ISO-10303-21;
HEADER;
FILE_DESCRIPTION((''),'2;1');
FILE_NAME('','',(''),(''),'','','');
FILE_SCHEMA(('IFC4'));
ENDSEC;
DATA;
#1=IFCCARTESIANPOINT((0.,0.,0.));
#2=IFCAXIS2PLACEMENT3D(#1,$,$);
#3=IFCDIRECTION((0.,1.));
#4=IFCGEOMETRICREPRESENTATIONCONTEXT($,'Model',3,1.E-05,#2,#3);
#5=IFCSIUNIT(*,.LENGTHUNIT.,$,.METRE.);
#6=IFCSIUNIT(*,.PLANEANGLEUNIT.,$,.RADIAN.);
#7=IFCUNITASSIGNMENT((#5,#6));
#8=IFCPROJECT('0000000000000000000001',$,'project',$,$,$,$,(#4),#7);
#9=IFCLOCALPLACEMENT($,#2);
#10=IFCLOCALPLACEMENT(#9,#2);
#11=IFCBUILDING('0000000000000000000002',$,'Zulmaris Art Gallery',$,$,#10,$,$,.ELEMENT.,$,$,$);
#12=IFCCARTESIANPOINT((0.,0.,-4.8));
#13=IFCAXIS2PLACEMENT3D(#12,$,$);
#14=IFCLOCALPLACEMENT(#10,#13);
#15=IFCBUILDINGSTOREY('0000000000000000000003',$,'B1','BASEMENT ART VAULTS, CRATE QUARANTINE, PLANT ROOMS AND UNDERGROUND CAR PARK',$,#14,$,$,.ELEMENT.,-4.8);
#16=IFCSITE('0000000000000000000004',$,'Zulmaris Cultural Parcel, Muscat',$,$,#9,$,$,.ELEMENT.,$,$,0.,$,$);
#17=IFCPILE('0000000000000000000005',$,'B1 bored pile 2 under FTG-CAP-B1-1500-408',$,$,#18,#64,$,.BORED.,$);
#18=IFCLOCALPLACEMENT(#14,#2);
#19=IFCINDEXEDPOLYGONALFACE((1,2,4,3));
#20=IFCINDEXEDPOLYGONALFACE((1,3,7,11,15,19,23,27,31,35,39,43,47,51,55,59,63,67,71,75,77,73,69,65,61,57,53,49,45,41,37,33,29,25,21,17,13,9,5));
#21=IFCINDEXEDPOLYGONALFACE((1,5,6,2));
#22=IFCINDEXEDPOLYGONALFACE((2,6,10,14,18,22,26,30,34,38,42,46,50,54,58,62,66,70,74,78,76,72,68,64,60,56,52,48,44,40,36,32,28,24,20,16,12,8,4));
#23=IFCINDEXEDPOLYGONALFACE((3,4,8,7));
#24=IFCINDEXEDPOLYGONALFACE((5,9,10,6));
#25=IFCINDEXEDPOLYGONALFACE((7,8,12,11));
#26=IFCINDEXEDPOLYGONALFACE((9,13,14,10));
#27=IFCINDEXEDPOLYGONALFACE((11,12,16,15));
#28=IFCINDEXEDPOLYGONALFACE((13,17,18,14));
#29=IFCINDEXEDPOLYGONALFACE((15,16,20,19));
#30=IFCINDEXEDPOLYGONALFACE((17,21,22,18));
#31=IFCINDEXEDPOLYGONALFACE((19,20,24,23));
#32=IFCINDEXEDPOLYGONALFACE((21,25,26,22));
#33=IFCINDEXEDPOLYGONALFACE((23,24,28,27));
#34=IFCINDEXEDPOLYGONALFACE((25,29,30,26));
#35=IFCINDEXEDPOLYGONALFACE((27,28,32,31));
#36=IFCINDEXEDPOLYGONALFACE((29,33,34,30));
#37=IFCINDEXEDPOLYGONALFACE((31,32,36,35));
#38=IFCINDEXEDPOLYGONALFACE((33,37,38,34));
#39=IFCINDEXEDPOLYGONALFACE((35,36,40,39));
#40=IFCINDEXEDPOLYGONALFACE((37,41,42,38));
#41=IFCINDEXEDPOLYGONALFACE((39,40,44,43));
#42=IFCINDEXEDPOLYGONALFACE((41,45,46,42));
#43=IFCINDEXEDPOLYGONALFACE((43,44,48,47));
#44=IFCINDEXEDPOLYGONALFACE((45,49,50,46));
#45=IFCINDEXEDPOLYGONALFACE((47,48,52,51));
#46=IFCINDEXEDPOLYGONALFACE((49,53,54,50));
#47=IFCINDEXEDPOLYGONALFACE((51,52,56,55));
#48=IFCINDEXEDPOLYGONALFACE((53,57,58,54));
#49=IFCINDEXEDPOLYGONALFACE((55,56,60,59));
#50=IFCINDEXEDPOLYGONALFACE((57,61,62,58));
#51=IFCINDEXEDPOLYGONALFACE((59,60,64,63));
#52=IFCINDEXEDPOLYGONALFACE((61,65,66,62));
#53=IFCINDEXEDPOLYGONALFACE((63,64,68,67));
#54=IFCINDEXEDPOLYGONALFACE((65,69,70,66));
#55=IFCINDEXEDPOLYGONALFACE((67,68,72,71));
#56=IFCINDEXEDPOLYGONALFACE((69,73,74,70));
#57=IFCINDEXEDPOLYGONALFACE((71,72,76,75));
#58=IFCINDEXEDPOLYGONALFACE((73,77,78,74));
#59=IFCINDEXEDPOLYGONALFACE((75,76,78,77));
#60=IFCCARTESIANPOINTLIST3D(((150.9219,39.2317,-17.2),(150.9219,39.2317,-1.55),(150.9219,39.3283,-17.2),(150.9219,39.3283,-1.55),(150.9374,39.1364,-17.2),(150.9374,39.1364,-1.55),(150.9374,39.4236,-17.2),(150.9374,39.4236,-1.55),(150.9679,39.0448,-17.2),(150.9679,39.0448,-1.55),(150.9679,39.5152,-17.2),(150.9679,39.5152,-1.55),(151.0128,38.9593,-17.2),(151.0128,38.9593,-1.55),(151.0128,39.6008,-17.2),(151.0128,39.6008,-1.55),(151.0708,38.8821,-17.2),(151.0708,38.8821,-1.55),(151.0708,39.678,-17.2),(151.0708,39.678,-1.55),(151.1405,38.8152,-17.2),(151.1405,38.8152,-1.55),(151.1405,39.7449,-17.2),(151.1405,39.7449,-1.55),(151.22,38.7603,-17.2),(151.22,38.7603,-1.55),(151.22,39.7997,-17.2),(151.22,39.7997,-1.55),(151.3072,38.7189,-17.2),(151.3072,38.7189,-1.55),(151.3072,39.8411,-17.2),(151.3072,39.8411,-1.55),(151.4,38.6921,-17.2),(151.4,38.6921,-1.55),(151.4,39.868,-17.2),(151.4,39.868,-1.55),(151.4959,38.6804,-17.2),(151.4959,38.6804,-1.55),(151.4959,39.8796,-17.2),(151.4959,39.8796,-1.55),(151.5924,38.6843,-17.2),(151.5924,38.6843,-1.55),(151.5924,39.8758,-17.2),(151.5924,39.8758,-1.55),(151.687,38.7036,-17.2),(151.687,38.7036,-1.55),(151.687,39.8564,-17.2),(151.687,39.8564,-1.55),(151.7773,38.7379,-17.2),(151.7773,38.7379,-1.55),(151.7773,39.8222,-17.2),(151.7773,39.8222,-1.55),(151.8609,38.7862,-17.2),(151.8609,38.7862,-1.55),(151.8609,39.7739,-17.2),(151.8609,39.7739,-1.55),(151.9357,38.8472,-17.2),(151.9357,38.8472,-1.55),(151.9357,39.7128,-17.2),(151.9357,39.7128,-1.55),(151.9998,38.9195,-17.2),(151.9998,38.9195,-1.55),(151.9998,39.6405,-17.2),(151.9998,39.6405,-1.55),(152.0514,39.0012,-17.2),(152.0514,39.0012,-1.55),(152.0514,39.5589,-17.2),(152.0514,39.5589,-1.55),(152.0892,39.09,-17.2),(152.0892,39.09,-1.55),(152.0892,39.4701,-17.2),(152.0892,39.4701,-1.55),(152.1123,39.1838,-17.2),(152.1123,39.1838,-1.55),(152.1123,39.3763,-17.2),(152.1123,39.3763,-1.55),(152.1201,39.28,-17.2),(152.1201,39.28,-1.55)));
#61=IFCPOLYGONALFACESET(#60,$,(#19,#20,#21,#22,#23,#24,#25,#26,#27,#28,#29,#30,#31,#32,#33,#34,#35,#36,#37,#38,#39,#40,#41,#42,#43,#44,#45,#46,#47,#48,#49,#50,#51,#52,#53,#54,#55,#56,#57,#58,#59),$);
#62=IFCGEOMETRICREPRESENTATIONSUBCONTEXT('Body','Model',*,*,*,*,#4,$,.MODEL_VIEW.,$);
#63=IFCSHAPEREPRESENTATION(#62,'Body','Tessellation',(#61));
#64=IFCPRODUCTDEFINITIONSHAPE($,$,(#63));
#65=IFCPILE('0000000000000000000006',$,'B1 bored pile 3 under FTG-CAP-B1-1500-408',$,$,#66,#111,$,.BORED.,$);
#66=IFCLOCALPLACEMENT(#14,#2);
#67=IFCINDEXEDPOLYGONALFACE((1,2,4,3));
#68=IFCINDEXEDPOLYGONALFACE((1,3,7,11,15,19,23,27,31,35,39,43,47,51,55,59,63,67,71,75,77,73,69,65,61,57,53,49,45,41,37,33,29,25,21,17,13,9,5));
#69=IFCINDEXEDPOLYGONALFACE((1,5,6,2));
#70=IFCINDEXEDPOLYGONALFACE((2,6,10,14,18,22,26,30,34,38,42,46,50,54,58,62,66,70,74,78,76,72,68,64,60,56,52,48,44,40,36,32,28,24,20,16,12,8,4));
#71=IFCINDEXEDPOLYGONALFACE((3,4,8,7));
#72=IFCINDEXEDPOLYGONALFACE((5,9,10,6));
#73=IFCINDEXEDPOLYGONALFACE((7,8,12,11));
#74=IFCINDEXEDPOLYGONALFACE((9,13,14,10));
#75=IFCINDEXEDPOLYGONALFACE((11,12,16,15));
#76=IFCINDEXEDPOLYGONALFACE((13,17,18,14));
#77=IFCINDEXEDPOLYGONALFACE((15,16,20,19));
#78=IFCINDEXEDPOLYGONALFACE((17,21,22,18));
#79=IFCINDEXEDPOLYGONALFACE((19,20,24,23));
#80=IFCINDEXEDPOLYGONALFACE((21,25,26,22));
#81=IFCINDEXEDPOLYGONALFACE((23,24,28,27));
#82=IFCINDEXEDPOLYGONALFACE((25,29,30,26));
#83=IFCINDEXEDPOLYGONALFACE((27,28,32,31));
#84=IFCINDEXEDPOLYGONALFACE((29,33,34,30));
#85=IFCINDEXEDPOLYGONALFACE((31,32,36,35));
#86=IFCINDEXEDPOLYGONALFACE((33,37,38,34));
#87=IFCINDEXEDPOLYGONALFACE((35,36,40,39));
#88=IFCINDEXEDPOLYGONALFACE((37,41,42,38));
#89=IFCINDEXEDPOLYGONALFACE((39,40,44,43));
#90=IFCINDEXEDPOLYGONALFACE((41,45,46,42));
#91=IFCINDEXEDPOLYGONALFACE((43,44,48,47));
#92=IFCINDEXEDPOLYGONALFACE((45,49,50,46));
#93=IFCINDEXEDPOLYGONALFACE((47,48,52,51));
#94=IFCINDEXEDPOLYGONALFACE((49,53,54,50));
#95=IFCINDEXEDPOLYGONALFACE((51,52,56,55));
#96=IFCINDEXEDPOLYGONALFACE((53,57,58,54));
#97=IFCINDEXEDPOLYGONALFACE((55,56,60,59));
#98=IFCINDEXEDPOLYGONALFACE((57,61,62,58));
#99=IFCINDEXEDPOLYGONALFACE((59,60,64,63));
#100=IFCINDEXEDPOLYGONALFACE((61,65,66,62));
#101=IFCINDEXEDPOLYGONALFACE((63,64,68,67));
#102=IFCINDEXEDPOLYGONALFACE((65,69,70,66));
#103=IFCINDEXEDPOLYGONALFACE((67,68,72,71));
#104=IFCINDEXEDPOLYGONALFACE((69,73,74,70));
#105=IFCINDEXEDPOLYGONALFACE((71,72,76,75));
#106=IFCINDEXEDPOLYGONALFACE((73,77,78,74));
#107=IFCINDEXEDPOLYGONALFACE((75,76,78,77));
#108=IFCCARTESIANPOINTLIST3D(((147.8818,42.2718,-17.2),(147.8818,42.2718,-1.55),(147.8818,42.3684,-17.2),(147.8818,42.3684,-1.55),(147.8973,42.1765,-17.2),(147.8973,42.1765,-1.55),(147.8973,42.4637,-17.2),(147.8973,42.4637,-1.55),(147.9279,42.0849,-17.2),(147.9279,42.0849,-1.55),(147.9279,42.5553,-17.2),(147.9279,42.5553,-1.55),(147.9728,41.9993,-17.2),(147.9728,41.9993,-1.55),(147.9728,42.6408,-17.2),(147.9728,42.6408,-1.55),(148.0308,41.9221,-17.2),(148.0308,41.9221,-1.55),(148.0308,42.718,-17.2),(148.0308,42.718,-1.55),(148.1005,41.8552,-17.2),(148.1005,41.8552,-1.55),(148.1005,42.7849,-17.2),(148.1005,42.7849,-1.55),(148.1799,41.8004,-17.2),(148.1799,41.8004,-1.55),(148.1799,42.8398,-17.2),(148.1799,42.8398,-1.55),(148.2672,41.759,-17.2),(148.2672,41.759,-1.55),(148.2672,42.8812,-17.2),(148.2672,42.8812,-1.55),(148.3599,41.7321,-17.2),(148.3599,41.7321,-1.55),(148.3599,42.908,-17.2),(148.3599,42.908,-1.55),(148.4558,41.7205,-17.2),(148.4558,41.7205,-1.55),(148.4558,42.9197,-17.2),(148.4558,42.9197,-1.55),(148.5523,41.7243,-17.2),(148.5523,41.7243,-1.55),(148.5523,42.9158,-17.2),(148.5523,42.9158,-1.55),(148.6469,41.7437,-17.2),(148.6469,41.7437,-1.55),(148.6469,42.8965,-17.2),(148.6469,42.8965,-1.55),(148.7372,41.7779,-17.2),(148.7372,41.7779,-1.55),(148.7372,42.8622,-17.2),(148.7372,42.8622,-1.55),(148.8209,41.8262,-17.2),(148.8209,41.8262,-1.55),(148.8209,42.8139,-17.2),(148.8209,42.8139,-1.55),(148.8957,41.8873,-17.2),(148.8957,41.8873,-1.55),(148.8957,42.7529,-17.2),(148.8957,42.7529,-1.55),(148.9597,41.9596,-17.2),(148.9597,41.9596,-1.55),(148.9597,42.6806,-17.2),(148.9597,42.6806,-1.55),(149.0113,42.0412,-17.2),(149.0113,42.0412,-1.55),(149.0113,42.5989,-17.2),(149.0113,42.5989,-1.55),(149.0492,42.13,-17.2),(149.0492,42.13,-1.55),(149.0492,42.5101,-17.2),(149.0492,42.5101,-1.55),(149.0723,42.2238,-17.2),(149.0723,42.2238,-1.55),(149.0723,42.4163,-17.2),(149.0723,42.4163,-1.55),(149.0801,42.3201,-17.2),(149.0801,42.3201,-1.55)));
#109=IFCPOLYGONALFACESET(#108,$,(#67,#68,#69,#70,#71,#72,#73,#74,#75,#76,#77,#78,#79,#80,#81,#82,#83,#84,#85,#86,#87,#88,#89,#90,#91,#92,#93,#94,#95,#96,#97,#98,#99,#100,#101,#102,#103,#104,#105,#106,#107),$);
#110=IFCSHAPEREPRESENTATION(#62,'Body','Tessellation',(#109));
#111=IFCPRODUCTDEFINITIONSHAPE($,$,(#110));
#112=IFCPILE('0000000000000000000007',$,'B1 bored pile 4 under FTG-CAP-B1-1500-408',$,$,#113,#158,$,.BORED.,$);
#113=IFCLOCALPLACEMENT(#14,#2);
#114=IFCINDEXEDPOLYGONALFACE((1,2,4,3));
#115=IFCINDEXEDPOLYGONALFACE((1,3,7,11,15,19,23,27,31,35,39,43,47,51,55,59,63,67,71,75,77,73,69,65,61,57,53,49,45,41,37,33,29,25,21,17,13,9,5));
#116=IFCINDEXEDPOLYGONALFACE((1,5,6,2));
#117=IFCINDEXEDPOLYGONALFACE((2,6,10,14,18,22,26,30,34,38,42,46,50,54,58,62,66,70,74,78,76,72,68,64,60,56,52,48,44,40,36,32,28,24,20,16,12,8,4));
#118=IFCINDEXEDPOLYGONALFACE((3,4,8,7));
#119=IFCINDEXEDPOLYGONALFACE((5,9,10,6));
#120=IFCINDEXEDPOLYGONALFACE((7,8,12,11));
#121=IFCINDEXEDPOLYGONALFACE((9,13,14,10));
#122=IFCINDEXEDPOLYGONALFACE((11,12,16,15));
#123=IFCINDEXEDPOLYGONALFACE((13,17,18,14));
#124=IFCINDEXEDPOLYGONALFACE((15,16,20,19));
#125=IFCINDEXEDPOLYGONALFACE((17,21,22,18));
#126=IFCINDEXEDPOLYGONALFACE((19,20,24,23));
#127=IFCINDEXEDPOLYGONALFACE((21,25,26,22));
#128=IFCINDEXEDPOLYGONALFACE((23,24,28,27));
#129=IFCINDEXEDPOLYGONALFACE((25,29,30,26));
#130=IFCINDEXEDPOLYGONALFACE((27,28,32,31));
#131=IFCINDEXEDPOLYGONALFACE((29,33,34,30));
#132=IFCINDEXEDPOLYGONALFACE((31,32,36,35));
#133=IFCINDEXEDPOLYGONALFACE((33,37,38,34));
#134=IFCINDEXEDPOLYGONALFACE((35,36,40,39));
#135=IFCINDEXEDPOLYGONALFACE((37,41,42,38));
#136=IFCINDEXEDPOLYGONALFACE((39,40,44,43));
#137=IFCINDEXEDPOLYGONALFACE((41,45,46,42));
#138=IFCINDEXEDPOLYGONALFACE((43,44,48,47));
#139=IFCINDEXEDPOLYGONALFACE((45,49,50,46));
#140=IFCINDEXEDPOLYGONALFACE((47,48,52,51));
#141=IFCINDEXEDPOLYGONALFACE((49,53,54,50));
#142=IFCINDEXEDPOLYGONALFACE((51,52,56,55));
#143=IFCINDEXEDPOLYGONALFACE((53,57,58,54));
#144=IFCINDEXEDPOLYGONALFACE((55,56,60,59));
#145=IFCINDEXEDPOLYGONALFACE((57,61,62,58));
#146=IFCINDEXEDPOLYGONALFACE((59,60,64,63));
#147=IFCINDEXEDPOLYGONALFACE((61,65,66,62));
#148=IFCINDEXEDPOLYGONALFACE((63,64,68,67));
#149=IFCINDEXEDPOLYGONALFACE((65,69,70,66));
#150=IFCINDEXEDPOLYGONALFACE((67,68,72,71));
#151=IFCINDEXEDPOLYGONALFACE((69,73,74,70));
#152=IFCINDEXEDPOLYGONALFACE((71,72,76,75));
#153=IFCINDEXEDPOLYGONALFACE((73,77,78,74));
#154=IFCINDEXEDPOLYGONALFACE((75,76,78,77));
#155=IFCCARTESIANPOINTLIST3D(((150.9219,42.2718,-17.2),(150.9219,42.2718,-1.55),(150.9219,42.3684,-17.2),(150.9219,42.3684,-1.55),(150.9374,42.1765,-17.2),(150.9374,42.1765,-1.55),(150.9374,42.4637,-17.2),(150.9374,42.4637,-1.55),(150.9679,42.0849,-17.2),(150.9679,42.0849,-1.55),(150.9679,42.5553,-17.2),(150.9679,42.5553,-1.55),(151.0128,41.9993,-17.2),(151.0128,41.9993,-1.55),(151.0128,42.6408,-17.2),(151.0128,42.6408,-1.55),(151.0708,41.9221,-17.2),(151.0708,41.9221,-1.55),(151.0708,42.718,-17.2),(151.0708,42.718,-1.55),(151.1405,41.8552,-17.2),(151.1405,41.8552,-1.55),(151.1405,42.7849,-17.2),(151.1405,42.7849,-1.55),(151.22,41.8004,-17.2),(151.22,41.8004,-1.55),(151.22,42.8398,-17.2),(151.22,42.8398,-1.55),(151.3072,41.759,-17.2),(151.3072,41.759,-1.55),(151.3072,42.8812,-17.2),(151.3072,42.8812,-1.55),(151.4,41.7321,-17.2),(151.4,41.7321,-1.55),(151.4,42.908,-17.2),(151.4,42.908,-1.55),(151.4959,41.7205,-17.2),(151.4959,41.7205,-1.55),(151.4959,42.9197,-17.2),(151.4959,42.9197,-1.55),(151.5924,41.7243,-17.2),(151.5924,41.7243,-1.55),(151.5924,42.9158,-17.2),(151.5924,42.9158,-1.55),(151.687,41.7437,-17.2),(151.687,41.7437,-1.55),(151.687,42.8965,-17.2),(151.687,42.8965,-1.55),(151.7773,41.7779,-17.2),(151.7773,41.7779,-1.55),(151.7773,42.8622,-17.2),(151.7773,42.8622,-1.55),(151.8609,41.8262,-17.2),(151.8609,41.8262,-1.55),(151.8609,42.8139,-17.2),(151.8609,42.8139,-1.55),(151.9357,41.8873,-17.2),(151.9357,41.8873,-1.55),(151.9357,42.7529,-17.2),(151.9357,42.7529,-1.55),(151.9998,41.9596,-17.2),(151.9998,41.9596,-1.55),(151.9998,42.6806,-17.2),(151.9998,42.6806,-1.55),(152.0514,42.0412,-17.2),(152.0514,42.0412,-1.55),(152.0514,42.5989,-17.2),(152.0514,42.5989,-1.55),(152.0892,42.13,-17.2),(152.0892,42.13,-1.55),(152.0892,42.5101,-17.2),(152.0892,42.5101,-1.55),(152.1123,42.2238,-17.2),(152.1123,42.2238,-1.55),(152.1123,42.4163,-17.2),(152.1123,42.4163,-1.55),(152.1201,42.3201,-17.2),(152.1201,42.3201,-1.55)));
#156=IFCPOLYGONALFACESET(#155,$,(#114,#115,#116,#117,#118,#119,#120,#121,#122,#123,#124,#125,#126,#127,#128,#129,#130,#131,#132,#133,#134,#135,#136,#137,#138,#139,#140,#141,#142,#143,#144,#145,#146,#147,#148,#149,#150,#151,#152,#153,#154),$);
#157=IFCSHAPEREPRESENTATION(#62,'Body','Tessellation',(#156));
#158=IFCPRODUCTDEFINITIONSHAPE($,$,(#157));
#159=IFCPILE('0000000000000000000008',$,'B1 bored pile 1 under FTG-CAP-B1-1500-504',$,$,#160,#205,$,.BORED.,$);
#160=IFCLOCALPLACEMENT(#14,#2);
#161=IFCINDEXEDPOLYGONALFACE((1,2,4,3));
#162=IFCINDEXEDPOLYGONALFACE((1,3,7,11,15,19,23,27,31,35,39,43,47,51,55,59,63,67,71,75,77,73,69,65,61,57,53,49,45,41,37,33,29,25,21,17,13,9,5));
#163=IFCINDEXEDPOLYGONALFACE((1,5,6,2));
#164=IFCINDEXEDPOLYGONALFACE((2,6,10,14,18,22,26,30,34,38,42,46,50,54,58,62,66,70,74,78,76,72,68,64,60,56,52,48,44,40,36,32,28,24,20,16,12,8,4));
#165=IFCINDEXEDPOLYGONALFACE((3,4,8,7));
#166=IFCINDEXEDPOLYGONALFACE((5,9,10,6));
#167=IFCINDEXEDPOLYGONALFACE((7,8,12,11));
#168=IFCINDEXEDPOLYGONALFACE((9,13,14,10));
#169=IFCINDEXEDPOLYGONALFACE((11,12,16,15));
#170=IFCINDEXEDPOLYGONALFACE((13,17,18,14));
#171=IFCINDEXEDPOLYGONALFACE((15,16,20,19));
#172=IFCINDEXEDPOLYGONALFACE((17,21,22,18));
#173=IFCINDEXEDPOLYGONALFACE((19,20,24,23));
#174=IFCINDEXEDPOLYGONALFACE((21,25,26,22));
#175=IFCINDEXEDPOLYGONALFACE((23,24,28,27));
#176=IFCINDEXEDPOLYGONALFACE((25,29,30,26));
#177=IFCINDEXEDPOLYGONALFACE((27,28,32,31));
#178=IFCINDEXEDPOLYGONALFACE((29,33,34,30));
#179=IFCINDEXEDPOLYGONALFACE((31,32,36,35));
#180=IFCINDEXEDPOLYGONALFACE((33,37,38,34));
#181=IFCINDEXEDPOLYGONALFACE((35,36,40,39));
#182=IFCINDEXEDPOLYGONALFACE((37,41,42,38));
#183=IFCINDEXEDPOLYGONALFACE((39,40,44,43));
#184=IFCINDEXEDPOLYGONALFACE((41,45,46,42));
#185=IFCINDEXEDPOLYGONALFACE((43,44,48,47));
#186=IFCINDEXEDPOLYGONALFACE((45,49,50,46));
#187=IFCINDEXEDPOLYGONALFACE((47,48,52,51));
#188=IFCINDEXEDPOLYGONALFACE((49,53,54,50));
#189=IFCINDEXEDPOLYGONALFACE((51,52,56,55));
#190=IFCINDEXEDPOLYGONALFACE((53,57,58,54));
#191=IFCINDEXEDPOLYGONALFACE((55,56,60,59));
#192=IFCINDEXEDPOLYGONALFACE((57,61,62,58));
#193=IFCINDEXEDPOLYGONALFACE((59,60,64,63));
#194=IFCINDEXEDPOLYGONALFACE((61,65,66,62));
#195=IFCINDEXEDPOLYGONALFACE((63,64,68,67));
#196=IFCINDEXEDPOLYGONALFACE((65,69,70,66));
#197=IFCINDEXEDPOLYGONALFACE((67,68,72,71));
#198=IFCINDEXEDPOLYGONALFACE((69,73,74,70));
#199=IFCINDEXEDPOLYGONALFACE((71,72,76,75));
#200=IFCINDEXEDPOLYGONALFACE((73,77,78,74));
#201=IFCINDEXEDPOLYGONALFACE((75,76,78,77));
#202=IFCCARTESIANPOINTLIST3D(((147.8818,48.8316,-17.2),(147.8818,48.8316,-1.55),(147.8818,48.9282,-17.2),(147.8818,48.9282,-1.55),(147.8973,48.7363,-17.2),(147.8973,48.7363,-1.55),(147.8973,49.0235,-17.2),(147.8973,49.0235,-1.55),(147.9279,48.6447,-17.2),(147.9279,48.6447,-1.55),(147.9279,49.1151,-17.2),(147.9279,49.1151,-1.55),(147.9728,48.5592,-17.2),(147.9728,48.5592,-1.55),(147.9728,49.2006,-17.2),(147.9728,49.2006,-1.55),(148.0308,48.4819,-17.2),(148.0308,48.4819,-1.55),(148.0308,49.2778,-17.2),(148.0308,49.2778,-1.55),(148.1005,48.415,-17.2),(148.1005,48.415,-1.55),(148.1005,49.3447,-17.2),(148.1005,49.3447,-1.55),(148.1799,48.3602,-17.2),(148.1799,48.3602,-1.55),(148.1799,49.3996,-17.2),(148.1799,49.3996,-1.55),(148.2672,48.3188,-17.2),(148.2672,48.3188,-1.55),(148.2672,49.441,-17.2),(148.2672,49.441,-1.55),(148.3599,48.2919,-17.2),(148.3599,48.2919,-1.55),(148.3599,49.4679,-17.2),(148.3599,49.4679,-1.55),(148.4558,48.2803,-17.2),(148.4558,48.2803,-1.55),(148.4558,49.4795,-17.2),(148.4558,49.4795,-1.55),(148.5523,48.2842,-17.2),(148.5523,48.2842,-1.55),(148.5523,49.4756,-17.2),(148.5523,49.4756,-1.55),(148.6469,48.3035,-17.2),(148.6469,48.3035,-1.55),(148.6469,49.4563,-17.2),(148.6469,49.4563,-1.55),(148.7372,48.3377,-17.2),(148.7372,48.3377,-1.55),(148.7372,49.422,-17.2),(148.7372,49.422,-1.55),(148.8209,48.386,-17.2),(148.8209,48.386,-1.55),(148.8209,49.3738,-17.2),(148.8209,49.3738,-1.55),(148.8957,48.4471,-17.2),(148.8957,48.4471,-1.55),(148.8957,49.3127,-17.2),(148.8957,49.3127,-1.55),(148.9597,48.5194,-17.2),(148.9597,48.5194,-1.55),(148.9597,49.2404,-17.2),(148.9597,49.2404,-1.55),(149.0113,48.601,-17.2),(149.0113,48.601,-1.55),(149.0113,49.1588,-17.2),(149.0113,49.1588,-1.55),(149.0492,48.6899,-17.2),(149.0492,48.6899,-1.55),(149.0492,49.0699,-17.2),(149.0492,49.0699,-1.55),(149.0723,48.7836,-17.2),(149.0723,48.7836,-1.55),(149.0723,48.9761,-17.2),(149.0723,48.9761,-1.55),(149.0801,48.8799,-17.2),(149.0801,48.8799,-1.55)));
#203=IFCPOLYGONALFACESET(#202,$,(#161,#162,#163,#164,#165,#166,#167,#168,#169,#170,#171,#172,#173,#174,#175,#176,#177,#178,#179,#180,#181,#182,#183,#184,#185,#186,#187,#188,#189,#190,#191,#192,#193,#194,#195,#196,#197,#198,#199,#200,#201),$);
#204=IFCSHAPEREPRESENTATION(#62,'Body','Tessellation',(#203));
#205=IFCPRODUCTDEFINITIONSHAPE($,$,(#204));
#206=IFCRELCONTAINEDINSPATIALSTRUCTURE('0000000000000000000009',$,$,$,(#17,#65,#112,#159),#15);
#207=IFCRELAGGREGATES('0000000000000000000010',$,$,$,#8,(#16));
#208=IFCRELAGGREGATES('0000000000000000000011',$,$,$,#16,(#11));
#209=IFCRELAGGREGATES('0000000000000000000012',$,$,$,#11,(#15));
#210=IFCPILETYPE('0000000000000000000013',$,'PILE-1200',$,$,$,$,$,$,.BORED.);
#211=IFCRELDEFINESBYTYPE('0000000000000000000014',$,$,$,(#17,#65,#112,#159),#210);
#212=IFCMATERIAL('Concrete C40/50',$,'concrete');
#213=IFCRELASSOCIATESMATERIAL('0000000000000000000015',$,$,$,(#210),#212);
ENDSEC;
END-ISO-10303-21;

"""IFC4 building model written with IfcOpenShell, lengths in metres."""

from ifc_helpers import new_model, si_unit, direction, frame, origin, origin_2d, place, context, subcontext, project, spatial, circle, extrude, material, material_profile, profile_set, type_object, element, save


model = new_model("IFC4")

# Units and contexts
model_context = context("Model", 3, precision=1e-05, world=origin(), true_north=direction((0.0, 1.0)))
body_context = subcontext(model_context, "Body", "Model", "MODEL_VIEW")
ifc_project = project(units=[si_unit("LENGTHUNIT", "METRE"), si_unit("PLANEANGLEUNIT", "RADIAN")], contexts=[model_context])

# Site, building, storey
site_placement = place(None, origin())
site = spatial("IfcSite", under=ifc_project, at=site_placement, Name="Zulmaris Cultural Parcel, Muscat", CompositionType="ELEMENT", RefElevation=0.0)
building_placement = place(site_placement, origin())
building = spatial("IfcBuilding", under=site, at=building_placement, Name="Zulmaris Art Gallery", CompositionType="ELEMENT")
storey_placement = place(building_placement, frame((0.0, 0.0, -4.8)))
storey = spatial("IfcBuildingStorey", under=building, at=storey_placement, Name="B1", Description="BASEMENT ART VAULTS, CRATE QUARANTINE, PLANT ROOMS AND UNDERGROUND CAR PARK", CompositionType="ELEMENT", Elevation=-4.8)

# Piles
ifc_material_1 = material(Name="Concrete C40/50", Category="concrete")
ifc_material_profile_1 = material_profile(ifc_material_1, circle(Radius=0.6001, at=origin_2d()), Name="PILE DIA 1200")
ifc_profile_set_1 = profile_set([ifc_material_profile_1], Name="Concrete C40/50")
pile_type = type_object("IfcPileType", Name="PILE-1200", PredefinedType="BORED", material=ifc_profile_set_1)
for number, where, z_axis, x_axis, name in (
    (1, (151.52, 39.28, -1.55), (0.0, 0.0, -1.0), (1.0, 0.0, 0.0), "B1 bored pile 2 under FTG-CAP-B1-1500-408"),
    (2, (148.48, 42.3201, -1.55), (0.0, 0.0, -1.0), (1.0, 0.0, 0.0), "B1 bored pile 3 under FTG-CAP-B1-1500-408"),
    (3, (151.52, 42.3201, -1.55), (0.0, 0.0, -1.0), (1.0, 0.0, 0.0), "B1 bored pile 4 under FTG-CAP-B1-1500-408"),
    (4, (148.48, 48.8799, -1.55), (0.0, 0.0, -1.0), (1.0, 0.0, 0.0), "B1 bored pile 1 under FTG-CAP-B1-1500-504"),
):
    element("IfcPile", number, at=place(storey_placement, frame(where, z_axis=z_axis, x_axis=x_axis)), inside=storey, type_object=pile_type, Name=name, PredefinedType="BORED", context=body_context, shape_type="SweptSolid", body=[
        extrude(circle(Radius=0.6001, at=origin_2d()), origin(), (0.0, 0.0, 1.0), 15.6499),
    ])

save(model, "model.ifc")
